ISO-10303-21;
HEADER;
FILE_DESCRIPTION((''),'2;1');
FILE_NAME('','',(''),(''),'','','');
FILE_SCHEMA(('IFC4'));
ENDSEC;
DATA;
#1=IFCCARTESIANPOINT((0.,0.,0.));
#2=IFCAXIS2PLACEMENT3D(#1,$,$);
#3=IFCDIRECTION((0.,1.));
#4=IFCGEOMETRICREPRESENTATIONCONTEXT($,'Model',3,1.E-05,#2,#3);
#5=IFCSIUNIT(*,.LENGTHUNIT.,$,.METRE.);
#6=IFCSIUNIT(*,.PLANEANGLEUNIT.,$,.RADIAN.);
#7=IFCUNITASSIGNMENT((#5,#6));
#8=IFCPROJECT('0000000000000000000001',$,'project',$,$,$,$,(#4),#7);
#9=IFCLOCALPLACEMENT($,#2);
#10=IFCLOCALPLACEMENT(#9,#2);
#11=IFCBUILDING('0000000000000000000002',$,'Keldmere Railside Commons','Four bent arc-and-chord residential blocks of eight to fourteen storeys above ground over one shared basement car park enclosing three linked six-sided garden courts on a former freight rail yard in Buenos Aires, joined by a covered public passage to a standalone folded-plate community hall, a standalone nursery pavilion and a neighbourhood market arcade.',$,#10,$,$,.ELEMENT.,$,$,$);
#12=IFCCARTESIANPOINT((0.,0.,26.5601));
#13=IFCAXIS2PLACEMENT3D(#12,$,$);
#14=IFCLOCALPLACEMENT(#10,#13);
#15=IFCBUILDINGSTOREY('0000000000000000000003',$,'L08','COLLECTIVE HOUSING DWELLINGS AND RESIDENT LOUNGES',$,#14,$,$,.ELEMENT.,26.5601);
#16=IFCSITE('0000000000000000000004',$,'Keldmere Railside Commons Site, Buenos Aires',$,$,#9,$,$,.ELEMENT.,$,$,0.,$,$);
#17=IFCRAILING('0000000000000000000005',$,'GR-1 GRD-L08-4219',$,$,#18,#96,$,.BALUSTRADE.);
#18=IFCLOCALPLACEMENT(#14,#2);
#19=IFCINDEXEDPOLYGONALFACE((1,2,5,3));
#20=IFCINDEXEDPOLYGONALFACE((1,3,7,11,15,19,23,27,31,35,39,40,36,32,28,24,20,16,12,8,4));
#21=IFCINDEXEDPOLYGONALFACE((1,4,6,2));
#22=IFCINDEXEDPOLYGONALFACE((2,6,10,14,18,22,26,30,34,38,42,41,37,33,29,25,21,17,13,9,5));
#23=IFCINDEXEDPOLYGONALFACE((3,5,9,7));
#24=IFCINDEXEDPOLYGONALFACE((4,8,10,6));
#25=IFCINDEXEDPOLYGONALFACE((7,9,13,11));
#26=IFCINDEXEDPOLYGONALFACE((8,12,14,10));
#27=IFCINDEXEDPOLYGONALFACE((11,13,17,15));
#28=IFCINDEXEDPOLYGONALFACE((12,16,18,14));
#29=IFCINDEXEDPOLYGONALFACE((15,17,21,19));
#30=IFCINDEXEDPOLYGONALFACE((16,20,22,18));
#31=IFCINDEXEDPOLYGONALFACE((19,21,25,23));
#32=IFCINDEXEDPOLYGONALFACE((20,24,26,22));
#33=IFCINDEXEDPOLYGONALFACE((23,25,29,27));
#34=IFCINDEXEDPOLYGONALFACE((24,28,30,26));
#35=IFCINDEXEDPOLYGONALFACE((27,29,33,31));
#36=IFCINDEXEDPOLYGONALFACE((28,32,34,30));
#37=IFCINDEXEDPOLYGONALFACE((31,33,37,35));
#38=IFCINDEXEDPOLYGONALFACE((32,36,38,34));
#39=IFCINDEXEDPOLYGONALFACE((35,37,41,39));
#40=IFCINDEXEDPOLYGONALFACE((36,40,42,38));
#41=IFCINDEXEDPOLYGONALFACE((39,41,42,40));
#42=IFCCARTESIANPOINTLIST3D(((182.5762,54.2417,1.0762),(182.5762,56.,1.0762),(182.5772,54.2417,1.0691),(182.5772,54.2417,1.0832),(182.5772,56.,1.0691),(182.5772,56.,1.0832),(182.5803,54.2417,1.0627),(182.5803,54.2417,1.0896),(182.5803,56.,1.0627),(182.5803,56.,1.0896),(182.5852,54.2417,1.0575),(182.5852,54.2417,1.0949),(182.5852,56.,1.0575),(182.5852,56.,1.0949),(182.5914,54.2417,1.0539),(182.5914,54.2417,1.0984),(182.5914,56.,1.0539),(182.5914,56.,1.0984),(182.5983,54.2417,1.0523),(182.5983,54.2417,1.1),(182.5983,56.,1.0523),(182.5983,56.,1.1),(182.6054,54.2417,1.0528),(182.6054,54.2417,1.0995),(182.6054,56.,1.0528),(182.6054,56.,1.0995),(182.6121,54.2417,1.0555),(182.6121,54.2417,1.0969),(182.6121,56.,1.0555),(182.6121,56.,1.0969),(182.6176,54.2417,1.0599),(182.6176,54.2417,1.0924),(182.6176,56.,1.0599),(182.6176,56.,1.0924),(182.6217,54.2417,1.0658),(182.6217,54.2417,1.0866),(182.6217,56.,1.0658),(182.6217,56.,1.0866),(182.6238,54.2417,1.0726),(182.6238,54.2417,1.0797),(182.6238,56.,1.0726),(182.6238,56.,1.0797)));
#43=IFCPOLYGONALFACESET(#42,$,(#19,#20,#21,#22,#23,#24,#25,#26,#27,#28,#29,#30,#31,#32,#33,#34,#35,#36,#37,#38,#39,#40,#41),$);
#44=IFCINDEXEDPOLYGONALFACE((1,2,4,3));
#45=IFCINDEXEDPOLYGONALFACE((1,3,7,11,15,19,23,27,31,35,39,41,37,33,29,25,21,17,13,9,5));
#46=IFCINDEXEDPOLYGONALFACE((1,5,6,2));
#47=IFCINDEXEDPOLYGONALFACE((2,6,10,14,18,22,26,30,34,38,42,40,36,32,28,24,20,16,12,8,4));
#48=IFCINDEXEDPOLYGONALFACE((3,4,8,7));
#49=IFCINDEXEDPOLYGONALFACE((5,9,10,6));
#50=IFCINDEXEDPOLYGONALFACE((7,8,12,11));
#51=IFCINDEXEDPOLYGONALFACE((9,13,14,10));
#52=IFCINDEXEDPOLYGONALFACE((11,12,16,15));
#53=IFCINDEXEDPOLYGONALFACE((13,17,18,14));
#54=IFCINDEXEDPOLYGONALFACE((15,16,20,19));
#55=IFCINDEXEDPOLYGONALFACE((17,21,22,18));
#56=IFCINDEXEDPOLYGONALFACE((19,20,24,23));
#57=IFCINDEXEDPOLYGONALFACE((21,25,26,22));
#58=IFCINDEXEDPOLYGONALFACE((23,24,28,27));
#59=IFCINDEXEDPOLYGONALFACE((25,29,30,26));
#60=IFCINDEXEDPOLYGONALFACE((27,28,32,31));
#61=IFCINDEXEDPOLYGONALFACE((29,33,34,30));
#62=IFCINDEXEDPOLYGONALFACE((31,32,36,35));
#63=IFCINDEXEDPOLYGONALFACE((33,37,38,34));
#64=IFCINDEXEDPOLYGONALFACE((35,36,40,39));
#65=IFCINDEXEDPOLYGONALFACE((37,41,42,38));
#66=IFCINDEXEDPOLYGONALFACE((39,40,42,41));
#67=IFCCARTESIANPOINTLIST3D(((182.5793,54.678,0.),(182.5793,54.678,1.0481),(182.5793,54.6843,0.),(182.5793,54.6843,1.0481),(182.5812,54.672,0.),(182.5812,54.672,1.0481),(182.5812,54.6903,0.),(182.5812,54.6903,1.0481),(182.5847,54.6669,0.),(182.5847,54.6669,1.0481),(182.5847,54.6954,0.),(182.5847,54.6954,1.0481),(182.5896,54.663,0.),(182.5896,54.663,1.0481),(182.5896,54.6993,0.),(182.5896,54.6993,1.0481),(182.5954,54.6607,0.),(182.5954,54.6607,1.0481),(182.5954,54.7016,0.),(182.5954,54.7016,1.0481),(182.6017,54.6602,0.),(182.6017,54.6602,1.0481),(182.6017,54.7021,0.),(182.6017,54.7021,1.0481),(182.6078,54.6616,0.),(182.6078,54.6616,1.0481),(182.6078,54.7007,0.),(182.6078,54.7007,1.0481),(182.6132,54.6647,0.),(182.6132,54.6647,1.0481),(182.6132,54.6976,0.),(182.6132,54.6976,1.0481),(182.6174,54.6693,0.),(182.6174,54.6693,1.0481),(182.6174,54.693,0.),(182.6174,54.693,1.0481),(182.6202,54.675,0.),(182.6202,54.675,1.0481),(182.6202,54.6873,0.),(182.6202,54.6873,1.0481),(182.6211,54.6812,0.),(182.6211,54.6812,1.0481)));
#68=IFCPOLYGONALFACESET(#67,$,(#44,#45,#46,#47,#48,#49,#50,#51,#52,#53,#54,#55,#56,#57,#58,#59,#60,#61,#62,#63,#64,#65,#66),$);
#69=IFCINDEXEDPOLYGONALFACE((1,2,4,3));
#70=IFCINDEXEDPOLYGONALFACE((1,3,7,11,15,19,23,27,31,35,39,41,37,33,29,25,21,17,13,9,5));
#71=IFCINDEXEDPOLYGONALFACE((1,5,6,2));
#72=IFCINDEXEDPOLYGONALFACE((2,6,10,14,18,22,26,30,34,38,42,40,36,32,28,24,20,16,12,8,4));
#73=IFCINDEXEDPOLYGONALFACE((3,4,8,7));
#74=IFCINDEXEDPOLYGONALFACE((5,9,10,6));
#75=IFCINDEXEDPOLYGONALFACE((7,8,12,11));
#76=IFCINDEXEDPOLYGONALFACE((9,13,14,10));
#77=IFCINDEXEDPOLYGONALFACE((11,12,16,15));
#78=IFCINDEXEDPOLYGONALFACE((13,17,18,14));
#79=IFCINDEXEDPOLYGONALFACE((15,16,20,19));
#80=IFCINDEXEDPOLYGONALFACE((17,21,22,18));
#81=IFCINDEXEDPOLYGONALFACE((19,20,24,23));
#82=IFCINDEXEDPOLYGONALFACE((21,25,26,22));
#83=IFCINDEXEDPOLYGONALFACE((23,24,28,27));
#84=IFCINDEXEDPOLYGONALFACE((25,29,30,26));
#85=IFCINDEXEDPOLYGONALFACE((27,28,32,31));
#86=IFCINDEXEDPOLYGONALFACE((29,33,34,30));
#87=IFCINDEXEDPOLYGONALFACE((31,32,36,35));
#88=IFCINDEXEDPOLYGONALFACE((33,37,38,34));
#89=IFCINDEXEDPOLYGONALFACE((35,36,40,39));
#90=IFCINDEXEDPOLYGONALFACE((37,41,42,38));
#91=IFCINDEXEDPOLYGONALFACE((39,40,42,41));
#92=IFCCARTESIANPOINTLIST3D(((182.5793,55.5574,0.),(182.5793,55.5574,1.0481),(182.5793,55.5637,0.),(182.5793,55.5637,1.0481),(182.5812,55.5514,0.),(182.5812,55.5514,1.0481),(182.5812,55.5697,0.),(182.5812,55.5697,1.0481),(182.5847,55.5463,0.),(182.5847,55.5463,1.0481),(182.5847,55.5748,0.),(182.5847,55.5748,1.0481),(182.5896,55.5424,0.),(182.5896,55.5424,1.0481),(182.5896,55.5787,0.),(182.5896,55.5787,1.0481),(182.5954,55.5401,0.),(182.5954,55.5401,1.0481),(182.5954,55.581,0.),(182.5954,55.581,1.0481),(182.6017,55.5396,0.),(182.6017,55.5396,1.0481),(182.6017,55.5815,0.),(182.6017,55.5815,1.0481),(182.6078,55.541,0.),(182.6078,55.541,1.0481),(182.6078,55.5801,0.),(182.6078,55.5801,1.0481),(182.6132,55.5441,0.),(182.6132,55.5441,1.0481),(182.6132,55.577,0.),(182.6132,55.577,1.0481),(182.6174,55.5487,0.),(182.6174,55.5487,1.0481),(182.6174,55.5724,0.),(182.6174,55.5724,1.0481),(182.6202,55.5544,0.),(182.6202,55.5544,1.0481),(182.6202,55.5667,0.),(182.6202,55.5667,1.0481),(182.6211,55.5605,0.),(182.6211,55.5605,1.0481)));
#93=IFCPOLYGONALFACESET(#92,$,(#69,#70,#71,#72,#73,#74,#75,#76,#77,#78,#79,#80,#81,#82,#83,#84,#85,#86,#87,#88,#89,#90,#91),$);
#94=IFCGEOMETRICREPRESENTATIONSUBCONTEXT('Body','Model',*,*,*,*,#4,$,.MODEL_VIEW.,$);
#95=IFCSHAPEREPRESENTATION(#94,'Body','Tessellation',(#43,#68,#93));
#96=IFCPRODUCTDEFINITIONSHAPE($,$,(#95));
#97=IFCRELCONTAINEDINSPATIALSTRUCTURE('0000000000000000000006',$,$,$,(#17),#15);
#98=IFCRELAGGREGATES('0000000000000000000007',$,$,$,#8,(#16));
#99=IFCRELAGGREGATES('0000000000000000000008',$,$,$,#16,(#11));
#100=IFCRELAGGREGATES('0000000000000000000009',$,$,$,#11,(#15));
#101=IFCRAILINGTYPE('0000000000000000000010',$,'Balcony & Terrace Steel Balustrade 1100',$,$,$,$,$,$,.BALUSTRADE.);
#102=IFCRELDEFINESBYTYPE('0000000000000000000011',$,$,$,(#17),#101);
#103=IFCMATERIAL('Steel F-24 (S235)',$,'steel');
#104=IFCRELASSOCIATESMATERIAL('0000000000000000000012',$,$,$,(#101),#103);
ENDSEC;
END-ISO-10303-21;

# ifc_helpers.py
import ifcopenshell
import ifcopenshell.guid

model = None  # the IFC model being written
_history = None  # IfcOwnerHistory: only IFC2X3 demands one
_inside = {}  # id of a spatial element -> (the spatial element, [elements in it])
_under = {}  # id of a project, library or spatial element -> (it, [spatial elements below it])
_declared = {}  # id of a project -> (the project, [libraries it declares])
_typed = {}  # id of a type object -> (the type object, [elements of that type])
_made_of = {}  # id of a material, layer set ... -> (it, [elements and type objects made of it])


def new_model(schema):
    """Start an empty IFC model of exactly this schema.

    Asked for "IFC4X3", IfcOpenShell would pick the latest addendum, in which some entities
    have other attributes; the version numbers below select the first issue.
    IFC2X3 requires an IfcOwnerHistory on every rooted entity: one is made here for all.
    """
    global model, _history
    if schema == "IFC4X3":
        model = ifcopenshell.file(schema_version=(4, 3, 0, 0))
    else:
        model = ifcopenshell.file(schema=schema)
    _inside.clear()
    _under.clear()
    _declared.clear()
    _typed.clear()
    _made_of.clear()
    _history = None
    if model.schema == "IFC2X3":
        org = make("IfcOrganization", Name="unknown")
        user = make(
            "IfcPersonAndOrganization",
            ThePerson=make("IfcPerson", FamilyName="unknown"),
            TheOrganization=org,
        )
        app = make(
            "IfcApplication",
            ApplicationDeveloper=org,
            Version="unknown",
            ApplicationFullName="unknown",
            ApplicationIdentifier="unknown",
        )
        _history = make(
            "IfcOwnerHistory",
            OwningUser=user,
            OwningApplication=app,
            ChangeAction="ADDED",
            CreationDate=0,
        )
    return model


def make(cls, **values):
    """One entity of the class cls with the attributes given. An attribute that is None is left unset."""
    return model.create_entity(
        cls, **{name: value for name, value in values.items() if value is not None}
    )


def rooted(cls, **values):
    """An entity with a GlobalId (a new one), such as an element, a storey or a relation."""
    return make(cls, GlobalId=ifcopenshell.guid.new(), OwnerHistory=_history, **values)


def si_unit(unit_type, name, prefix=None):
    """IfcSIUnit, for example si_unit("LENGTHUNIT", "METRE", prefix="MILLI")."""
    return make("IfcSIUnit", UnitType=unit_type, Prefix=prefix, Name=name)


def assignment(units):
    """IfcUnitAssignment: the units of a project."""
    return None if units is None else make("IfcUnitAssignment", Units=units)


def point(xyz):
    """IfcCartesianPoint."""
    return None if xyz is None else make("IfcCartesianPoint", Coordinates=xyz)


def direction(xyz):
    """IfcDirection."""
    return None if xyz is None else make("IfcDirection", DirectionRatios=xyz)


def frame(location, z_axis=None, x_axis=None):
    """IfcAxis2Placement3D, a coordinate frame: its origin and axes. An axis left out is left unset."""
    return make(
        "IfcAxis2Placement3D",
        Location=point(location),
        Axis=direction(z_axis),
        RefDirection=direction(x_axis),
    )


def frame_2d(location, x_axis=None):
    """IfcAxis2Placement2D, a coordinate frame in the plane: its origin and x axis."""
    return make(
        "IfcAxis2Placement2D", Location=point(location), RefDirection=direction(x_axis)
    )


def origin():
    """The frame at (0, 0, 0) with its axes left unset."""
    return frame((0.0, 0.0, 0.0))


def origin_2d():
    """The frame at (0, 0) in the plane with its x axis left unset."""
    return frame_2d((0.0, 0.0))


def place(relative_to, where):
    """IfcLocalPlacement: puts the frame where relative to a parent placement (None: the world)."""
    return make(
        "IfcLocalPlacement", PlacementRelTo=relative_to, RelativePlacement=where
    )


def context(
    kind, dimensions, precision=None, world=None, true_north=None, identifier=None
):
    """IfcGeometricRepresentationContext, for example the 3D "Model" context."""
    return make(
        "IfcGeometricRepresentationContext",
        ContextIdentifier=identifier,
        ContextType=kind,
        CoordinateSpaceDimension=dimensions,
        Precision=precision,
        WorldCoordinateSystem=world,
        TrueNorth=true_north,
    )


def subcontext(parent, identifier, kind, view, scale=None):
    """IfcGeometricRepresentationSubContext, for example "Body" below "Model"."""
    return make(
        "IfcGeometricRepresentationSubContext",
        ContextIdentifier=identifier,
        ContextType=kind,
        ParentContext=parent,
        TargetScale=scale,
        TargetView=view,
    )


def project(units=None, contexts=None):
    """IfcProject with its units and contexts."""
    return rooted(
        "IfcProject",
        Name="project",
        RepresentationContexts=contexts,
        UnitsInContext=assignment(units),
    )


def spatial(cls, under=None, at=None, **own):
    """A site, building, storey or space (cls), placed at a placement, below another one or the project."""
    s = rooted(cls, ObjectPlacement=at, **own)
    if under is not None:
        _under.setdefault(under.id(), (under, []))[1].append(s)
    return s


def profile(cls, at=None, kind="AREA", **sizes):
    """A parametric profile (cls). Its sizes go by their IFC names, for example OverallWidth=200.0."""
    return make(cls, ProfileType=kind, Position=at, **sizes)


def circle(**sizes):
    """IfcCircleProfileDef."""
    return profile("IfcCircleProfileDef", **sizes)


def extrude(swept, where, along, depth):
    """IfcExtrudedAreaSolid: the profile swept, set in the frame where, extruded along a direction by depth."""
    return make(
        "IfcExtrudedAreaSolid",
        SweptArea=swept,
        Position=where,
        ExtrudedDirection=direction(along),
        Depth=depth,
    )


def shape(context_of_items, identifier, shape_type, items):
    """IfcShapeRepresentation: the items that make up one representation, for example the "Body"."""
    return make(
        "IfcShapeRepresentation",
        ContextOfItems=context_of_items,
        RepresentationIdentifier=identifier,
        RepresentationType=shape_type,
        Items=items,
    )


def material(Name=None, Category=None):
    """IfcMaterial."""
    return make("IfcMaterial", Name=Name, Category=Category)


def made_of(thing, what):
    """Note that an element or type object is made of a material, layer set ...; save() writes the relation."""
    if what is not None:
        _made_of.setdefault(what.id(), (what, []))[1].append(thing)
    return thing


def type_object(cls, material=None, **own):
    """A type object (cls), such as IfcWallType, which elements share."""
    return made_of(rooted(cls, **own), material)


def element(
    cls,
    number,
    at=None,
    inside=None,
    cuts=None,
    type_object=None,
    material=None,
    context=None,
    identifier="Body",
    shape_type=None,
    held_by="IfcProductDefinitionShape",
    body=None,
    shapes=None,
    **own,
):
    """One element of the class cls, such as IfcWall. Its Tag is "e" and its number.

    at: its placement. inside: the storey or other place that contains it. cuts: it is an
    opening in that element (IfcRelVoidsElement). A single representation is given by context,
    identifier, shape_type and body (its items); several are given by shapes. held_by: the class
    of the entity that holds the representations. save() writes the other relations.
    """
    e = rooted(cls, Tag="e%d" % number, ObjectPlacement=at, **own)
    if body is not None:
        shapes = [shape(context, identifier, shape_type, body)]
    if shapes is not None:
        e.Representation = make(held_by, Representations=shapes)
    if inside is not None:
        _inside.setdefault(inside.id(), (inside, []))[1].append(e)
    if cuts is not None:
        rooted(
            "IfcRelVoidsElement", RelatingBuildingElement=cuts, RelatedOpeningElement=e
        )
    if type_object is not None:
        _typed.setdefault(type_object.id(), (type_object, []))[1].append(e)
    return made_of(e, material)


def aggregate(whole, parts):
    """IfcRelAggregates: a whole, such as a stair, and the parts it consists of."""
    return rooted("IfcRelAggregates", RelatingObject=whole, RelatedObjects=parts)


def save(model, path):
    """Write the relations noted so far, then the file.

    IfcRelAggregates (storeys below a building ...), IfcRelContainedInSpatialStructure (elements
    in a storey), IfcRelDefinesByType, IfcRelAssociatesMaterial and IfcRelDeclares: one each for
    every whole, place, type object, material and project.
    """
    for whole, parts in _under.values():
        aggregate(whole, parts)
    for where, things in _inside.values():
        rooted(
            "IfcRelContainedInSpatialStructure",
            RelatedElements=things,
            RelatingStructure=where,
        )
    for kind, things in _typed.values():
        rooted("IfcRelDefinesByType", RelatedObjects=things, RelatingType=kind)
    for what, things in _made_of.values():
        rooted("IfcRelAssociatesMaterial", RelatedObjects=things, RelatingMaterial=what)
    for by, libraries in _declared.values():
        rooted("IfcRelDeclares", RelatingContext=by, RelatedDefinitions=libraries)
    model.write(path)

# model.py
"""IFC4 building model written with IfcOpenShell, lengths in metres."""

from ifc_helpers import new_model, si_unit, direction, frame, origin, origin_2d, place, context, subcontext, project, spatial, circle, extrude, material, type_object, element, save


model = new_model("IFC4")

# Units and contexts
model_context = context("Model", 3, precision=1e-05, world=origin(), true_north=direction((0.0, 1.0)))
body_context = subcontext(model_context, "Body", "Model", "MODEL_VIEW")
ifc_project = project(units=[si_unit("LENGTHUNIT", "METRE"), si_unit("PLANEANGLEUNIT", "RADIAN")], contexts=[model_context])

# Site, building, storey
site_placement = place(None, origin())
site = spatial("IfcSite", under=ifc_project, at=site_placement, Name="Keldmere Railside Commons Site, Buenos Aires", CompositionType="ELEMENT", RefElevation=0.0)
building_placement = place(site_placement, origin())
building = spatial("IfcBuilding", under=site, at=building_placement, Name="Keldmere Railside Commons", Description="Four bent arc-and-chord residential blocks of eight to fourteen storeys above ground over one shared basement car park enclosing three linked six-sided garden courts on a former freight rail yard in Buenos Aires, joined by a covered public passage to a standalone folded-plate community hall, a standalone nursery pavilion and a neighbourhood market arcade.", CompositionType="ELEMENT")
storey_placement = place(building_placement, frame((0.0, 0.0, 26.5601)))
storey = spatial("IfcBuildingStorey", under=building, at=storey_placement, Name="L08", Description="COLLECTIVE HOUSING DWELLINGS AND RESIDENT LOUNGES", CompositionType="ELEMENT", Elevation=26.5601)

# Shared definitions
ifc_material_1 = material(Name="Steel F-24 (S235)", Category="steel")

# Railing
railing_type = type_object("IfcRailingType", Name="Balcony & Terrace Steel Balustrade 1100", PredefinedType="BALUSTRADE", material=ifc_material_1)
railing_1_placement = place(storey_placement, frame((182.6001, 54.2417, 0.0)))
element("IfcRailing", 1, at=railing_1_placement, inside=storey, type_object=railing_type, Name="GR-1 GRD-L08-4219", PredefinedType="BALUSTRADE", context=body_context, shape_type="SweptSolid", body=[
    extrude(circle(Radius=0.0239, at=origin_2d()), frame((0.0, 0.0, 1.0762), z_axis=(0.0, 1.0, 0.0), x_axis=(-1.0, 0.0, 0.0)), (0.0, 0.0, 1.0), 1.7583),
    extrude(circle(Radius=0.021, at=origin_2d()), frame((0.0, 0.4395, 0.0)), (0.0, 0.0, 1.0), 1.0481),
    extrude(circle(Radius=0.021, at=origin_2d()), frame((0.0, 1.3188, 0.0)), (0.0, 0.0, 1.0), 1.0481),
])

save(model, "model.ifc")
